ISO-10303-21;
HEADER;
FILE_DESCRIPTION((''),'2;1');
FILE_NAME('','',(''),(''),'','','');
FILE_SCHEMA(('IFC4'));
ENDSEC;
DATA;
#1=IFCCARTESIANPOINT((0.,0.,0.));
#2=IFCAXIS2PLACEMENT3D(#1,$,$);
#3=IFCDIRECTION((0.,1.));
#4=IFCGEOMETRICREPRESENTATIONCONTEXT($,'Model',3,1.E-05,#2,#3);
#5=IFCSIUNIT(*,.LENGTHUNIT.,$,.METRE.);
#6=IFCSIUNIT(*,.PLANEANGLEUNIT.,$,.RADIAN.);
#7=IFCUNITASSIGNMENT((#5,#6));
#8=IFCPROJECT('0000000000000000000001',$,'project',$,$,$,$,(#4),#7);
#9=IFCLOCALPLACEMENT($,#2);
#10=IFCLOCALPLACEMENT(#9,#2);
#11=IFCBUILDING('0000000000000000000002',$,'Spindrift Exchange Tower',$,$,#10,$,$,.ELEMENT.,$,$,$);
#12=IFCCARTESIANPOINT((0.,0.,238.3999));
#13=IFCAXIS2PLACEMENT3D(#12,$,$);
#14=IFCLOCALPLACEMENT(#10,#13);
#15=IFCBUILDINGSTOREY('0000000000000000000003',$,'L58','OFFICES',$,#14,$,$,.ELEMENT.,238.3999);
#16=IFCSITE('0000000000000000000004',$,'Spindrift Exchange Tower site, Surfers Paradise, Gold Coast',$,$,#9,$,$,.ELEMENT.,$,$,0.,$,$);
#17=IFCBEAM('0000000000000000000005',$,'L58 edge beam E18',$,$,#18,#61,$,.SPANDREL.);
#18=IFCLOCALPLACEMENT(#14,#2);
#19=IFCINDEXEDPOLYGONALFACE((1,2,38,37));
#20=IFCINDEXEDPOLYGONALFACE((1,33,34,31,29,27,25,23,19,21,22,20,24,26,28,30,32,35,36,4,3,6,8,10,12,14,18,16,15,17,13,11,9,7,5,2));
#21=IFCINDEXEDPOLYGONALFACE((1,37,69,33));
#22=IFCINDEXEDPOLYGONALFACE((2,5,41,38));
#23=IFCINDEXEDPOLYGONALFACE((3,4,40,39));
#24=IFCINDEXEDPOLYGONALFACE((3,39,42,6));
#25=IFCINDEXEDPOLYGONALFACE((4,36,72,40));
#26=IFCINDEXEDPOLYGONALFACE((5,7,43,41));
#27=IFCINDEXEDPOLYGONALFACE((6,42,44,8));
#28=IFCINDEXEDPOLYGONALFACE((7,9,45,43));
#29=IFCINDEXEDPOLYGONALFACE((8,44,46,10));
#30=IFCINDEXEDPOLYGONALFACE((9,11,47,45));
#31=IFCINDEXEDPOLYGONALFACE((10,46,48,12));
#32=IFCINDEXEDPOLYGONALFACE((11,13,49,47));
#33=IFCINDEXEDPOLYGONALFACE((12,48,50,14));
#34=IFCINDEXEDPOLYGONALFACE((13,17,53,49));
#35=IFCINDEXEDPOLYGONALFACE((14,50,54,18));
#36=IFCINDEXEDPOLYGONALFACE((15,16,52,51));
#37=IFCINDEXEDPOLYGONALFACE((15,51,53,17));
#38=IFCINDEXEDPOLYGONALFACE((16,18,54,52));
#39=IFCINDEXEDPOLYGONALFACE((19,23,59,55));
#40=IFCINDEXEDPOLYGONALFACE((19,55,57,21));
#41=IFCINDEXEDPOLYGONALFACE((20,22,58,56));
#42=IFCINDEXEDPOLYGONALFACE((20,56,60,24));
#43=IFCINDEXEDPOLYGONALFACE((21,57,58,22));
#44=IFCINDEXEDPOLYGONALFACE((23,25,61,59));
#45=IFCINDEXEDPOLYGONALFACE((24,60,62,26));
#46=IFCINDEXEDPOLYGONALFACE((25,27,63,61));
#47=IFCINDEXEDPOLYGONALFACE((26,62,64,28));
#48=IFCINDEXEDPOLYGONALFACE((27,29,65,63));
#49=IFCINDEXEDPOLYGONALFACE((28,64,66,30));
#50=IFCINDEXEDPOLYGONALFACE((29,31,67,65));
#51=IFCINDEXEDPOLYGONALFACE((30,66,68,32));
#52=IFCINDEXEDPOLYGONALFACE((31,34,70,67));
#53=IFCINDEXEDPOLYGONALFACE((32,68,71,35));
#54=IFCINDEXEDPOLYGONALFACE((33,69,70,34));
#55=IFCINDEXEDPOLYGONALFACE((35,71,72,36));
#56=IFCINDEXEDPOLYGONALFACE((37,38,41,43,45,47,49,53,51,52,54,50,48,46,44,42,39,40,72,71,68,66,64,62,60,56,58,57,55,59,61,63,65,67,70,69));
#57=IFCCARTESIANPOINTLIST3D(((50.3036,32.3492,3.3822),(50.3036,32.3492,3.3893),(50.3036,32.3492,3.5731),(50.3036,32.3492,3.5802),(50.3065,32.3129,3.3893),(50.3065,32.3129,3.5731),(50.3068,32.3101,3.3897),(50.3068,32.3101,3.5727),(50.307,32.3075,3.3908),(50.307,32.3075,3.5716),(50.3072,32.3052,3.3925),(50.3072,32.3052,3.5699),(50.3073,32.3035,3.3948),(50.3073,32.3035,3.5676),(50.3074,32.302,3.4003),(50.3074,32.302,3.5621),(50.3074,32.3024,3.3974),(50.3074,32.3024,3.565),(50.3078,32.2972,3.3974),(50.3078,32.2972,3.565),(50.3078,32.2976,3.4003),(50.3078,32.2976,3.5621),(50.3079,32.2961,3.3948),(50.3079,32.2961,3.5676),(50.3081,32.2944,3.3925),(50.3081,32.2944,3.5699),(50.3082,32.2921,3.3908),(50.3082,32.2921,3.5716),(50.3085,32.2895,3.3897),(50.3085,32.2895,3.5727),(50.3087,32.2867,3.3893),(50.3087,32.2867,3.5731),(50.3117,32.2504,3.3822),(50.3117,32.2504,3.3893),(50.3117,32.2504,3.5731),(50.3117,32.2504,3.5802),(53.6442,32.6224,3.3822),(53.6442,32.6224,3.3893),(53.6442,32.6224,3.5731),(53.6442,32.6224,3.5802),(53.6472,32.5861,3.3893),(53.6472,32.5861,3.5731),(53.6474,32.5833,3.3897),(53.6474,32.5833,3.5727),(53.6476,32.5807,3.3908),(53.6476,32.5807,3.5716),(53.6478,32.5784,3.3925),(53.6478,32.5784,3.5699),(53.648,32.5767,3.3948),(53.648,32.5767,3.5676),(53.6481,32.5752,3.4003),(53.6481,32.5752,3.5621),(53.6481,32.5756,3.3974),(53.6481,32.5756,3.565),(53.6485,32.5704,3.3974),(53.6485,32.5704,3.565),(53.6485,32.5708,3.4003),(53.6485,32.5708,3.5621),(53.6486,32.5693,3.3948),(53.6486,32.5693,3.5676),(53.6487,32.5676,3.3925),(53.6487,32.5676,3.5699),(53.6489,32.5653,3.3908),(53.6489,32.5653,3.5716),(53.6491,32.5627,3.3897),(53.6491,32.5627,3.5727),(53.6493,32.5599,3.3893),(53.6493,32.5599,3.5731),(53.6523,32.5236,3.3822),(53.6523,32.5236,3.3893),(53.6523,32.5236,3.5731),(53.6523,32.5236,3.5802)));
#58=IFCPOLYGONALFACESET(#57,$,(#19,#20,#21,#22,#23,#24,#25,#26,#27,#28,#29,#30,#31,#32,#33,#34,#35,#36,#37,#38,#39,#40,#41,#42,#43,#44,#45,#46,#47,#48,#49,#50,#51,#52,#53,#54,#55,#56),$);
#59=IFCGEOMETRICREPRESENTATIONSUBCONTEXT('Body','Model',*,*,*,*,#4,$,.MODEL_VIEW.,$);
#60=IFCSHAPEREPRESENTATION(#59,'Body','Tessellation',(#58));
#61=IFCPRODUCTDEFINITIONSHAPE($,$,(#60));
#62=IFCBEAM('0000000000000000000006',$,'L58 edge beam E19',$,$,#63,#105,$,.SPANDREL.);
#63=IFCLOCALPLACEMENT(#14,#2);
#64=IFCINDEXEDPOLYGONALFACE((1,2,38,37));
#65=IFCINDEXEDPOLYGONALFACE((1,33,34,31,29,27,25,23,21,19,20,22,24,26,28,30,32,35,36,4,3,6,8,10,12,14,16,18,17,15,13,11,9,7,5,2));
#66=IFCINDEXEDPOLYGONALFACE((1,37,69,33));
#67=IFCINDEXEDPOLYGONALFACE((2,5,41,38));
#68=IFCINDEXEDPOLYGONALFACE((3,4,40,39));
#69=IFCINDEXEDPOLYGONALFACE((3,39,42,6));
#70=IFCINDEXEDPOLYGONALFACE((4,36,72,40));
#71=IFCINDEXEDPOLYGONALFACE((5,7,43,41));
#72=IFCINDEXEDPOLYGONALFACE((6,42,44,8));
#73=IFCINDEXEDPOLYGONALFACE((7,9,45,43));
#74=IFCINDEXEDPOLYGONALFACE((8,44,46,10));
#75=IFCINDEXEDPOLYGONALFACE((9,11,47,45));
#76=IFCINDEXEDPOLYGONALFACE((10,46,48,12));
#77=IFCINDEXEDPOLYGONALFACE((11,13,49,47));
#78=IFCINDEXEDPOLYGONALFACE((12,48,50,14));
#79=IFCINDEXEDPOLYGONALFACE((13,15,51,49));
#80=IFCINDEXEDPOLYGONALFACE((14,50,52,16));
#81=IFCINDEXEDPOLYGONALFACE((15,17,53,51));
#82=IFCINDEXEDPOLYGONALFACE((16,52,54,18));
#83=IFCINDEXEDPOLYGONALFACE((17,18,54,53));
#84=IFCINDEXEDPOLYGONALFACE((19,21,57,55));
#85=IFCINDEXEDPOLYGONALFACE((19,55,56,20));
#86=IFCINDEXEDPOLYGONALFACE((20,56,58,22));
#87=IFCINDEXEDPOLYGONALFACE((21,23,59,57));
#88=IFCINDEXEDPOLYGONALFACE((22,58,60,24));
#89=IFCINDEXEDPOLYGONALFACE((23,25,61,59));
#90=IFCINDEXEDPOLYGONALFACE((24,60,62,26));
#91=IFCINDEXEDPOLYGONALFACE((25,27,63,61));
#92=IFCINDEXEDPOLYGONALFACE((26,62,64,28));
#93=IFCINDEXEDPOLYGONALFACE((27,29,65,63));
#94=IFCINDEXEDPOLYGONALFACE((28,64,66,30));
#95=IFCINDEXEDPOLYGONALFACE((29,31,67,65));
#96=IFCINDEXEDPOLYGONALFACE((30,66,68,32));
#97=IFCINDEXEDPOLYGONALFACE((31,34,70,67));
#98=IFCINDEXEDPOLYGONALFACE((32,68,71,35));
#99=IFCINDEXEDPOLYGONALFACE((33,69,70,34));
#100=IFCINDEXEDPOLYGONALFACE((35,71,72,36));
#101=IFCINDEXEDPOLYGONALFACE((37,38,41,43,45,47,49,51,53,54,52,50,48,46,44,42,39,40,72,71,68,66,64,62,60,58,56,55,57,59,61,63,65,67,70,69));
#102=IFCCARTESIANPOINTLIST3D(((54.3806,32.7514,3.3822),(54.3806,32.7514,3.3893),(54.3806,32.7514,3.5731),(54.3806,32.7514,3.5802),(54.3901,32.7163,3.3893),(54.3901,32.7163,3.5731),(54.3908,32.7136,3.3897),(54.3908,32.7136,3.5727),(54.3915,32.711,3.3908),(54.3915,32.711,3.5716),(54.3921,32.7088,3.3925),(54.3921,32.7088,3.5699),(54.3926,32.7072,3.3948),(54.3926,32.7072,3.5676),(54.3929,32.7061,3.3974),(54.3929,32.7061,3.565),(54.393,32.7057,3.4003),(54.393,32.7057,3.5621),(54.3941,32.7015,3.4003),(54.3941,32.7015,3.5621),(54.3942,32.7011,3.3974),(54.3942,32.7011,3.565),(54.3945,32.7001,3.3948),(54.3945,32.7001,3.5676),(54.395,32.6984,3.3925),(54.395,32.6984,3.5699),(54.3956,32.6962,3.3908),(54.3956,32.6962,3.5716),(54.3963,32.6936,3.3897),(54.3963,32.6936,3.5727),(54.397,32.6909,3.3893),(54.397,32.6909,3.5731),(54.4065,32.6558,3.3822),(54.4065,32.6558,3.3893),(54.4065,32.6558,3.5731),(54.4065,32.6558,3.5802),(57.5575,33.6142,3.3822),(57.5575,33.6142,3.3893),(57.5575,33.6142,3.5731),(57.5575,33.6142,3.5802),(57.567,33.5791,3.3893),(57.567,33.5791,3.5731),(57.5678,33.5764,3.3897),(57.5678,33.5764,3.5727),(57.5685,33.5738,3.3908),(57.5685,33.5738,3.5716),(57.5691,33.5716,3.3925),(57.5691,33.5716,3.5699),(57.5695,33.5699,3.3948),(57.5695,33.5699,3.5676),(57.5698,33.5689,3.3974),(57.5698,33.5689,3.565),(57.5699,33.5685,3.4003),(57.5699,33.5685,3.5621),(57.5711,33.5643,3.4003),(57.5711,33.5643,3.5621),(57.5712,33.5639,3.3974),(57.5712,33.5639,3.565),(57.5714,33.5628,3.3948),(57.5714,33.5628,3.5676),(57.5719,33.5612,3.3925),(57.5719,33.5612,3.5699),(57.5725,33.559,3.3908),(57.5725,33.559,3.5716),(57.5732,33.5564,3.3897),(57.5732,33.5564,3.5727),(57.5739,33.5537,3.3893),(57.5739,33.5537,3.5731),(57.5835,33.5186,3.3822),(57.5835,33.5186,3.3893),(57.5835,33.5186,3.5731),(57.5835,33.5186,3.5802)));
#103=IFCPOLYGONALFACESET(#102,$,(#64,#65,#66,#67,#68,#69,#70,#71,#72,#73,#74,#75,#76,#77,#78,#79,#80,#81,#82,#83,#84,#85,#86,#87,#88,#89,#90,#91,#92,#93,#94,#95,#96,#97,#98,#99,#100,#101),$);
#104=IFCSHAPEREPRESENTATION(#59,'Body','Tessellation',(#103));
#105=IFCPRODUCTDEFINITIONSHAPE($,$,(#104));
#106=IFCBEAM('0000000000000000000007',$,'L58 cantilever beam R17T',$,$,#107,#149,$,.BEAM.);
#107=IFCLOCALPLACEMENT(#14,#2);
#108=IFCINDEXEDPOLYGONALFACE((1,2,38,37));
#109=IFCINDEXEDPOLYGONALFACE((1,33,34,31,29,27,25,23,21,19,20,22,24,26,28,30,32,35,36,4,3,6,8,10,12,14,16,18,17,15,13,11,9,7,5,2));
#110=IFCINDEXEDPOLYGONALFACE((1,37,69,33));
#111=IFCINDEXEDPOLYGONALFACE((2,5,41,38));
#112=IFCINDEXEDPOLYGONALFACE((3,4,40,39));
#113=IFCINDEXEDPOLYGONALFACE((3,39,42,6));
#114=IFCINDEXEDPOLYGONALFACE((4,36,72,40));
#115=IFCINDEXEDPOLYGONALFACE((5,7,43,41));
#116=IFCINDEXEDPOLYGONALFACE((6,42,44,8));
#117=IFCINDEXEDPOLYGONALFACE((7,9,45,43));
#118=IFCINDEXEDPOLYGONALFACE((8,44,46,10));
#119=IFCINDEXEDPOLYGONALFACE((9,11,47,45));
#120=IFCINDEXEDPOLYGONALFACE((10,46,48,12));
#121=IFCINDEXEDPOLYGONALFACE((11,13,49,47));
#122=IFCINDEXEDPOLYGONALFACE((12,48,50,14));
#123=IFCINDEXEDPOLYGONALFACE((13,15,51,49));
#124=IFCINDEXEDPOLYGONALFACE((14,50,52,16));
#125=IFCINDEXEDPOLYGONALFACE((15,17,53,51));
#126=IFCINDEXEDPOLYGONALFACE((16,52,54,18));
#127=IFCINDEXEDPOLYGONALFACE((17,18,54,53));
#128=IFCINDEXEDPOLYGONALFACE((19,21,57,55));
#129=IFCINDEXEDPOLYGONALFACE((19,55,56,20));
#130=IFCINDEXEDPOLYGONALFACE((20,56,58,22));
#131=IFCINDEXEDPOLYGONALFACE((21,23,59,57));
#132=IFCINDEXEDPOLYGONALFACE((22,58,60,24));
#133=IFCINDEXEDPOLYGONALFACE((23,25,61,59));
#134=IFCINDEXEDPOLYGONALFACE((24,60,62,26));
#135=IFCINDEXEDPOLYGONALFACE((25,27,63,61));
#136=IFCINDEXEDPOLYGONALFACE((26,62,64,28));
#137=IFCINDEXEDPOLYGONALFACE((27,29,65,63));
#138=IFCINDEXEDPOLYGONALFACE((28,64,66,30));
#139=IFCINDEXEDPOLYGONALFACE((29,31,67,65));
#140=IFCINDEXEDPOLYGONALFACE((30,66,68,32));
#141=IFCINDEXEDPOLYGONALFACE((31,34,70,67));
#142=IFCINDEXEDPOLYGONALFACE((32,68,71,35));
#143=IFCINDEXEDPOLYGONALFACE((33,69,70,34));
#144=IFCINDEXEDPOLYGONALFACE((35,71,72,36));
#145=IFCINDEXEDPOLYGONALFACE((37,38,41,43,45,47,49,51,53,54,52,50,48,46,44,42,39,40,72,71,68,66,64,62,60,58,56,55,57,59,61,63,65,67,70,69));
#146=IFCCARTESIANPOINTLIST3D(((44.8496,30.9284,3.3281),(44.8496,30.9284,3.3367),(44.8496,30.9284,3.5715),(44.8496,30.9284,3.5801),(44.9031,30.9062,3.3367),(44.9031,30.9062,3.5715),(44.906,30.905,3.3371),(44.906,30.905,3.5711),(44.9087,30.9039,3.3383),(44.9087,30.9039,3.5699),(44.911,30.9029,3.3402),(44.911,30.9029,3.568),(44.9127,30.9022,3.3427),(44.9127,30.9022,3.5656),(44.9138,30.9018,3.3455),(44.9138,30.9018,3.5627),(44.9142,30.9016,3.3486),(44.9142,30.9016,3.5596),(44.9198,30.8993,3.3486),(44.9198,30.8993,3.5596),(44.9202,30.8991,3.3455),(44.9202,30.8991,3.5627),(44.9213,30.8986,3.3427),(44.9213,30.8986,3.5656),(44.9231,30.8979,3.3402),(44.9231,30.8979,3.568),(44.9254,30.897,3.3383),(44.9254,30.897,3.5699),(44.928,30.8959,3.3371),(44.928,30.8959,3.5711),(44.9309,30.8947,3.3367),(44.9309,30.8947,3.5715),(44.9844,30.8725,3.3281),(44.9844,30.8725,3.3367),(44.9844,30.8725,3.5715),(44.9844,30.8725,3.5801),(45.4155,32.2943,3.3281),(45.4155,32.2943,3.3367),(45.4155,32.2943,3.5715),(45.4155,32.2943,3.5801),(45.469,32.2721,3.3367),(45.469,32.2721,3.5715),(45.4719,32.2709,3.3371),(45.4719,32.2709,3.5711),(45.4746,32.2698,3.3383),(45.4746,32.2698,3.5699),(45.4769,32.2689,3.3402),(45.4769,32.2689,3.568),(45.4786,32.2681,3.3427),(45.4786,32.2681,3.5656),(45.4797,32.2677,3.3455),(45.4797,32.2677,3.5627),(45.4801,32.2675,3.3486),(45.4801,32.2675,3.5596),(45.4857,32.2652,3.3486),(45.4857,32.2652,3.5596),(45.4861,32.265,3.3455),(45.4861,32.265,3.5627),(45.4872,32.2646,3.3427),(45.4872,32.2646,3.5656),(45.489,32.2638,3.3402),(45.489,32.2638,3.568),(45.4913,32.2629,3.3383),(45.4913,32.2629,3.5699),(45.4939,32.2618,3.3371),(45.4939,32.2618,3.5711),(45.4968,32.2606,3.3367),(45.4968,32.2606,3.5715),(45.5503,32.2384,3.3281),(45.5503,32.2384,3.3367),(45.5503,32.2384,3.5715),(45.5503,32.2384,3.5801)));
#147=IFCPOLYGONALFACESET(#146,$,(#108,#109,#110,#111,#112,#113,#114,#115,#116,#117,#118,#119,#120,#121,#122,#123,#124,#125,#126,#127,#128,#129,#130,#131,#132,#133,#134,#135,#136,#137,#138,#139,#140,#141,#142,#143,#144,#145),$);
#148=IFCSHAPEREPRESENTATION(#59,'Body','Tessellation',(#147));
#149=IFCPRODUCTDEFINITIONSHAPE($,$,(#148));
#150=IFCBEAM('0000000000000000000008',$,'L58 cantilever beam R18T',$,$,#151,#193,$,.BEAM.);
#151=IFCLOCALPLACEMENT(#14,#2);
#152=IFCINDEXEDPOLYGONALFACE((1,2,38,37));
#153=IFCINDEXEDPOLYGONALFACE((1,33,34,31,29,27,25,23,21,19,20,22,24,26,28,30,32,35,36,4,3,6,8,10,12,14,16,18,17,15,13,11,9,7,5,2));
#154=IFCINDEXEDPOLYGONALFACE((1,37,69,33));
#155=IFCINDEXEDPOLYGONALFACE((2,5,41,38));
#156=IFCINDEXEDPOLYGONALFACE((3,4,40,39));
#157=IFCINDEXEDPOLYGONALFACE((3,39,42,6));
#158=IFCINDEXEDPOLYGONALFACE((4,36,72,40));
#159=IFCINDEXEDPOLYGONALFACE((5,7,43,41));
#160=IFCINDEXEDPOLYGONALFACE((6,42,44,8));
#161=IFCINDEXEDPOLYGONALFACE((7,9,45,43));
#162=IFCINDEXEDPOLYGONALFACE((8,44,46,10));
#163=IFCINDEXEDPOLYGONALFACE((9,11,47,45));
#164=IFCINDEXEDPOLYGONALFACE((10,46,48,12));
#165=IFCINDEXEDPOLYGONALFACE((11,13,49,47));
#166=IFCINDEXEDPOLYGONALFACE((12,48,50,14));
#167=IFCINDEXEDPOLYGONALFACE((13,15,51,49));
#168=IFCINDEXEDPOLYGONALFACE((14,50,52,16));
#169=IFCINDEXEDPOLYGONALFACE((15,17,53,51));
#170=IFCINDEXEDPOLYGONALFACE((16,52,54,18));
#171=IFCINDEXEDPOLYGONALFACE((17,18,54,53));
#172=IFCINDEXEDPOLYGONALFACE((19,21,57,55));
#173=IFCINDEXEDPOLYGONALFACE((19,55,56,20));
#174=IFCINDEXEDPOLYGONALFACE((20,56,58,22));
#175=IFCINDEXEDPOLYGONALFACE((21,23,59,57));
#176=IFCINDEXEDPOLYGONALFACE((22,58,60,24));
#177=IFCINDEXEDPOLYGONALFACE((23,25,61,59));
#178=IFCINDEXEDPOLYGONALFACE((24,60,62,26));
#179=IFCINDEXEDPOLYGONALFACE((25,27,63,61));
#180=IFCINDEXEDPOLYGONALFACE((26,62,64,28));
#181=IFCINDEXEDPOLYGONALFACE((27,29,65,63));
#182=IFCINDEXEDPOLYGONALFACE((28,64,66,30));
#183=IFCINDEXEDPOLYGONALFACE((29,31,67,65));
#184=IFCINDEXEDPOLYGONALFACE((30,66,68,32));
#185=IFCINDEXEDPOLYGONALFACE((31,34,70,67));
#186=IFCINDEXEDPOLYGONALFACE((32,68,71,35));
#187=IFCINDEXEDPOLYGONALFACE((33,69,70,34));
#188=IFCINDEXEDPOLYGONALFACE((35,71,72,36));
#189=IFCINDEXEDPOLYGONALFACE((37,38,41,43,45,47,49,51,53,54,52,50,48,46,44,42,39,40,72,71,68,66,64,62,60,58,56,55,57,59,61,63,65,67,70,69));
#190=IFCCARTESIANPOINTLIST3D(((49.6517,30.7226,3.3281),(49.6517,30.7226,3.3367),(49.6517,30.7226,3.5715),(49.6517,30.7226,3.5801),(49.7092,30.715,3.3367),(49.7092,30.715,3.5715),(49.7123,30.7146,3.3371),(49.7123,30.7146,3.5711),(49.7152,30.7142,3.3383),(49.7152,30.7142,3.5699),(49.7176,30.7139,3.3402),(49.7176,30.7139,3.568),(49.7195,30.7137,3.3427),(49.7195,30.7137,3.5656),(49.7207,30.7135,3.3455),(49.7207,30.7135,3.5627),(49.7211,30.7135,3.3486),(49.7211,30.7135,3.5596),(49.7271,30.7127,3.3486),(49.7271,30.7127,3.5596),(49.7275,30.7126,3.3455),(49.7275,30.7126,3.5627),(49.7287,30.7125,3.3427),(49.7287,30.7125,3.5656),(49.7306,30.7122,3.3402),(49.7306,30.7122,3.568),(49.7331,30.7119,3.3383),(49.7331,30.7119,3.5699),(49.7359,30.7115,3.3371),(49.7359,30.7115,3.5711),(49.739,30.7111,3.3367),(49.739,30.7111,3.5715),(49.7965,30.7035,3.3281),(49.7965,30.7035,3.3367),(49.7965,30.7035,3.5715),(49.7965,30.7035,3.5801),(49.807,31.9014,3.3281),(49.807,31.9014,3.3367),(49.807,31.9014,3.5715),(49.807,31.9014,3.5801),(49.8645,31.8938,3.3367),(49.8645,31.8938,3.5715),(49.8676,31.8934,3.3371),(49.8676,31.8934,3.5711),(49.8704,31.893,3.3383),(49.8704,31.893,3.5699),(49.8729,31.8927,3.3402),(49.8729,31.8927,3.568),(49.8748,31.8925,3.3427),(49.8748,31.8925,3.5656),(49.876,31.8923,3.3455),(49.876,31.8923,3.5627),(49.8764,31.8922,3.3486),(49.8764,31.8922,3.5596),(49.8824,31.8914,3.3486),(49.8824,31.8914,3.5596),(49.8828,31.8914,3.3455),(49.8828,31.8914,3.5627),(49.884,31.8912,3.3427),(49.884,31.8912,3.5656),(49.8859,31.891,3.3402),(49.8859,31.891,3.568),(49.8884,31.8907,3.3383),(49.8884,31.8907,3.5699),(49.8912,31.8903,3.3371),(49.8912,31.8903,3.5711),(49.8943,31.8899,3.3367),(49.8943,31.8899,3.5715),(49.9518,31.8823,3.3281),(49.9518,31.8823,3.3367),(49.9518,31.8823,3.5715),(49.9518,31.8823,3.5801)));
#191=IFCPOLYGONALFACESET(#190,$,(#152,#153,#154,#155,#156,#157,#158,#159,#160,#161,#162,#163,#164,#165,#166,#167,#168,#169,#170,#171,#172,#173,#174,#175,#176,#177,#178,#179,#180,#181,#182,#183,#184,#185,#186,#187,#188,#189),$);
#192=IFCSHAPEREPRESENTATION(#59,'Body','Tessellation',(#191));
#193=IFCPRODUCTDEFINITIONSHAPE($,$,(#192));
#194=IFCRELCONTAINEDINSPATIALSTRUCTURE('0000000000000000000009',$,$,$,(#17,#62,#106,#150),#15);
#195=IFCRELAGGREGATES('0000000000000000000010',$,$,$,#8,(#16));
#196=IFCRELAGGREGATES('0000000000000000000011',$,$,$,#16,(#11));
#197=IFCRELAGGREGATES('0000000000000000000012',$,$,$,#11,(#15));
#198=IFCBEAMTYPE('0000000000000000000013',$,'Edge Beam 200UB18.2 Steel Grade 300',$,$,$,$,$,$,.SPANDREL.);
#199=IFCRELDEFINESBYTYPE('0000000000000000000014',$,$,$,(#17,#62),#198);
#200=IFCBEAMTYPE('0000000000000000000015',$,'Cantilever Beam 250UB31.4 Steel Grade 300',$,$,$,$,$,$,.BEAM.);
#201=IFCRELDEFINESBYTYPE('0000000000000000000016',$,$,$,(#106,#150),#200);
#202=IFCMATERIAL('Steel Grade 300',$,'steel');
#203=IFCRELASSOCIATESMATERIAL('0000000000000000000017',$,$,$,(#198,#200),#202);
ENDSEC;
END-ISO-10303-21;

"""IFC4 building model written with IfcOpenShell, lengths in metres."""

from ifc_helpers import new_model, si_unit, direction, frame, origin, origin_2d, place, context, subcontext, project, spatial, i_section, extrude, source, transform, mapped, material, material_profile, profile_set, type_object, element, save


model = new_model("IFC4")

# Units and contexts
model_context = context("Model", 3, precision=1e-05, world=origin(), true_north=direction((0.0, 1.0)))
body_context = subcontext(model_context, "Body", "Model", "MODEL_VIEW")
ifc_project = project(units=[si_unit("LENGTHUNIT", "METRE"), si_unit("PLANEANGLEUNIT", "RADIAN")], contexts=[model_context])

# Site, building, storey
site_placement = place(None, origin())
site = spatial("IfcSite", under=ifc_project, at=site_placement, Name="Spindrift Exchange Tower site, Surfers Paradise, Gold Coast", CompositionType="ELEMENT", RefElevation=0.0)
building_placement = place(site_placement, origin())
building = spatial("IfcBuilding", under=site, at=building_placement, Name="Spindrift Exchange Tower", CompositionType="ELEMENT")
storey_placement = place(building_placement, frame((0.0, 0.0, 238.3999)))
storey = spatial("IfcBuildingStorey", under=building, at=storey_placement, Name="L58", Description="OFFICES", CompositionType="ELEMENT", Elevation=238.3999)

# Beams
ifc_material_1 = material(Name="Steel Grade 300", Category="steel")
ifc_material_profile_1 = material_profile(ifc_material_1, i_section(OverallWidth=0.0991, OverallDepth=0.198, WebThickness=0.0044, FlangeThickness=0.0071, FilletRadius=0.011, at=origin_2d()), Name="200UB18.2")
ifc_profile_set_1 = profile_set([ifc_material_profile_1], Name="Steel Grade 300")
beam_type_1 = type_object("IfcBeamType", Name="Edge Beam 200UB18.2 Steel Grade 300", PredefinedType="SPANDREL", material=ifc_profile_set_1)
shared_shape_1 = source(origin(), body_context, "Body", "SweptSolid", [
    extrude(i_section(OverallWidth=0.0991, OverallDepth=0.198, WebThickness=0.0044, FlangeThickness=0.0071, FilletRadius=0.011, at=origin_2d()), origin(), (0.0, 0.0, 1.0), 3.3518),
])
beam_1_placement = place(storey_placement, frame((50.3076, 32.2998, 3.4812), z_axis=(0.996673, 0.081508, 0.0), x_axis=(-0.081508, 0.996673, 0.0)))
element("IfcBeam", 1, at=beam_1_placement, inside=storey, type_object=beam_type_1, Name="L58 edge beam E18", PredefinedType="SPANDREL", context=body_context, shape_type="MappedRepresentation", body=[
    mapped(shared_shape_1, transform((0.0, 0.0, 0.0), scale=1.0)),
])
shared_shape_2 = source(origin(), body_context, "Body", "SweptSolid", [
    extrude(i_section(OverallWidth=0.0991, OverallDepth=0.198, WebThickness=0.0044, FlangeThickness=0.0071, FilletRadius=0.011, at=origin_2d()), origin(), (0.0, 0.0, 1.0), 3.292),
])
beam_2_placement = place(storey_placement, frame((54.3936, 32.7036, 3.4812), z_axis=(0.965046, 0.262082, 0.0), x_axis=(-0.262082, 0.965046, 0.0)))
element("IfcBeam", 2, at=beam_2_placement, inside=storey, type_object=beam_type_1, Name="L58 edge beam E19", PredefinedType="SPANDREL", context=body_context, shape_type="MappedRepresentation", body=[
    mapped(shared_shape_2, transform((0.0, 0.0, 0.0), scale=1.0)),
])
ifc_material_profile_2 = material_profile(ifc_material_1, i_section(OverallWidth=0.146, OverallDepth=0.252, WebThickness=0.0061, FlangeThickness=0.0085, FilletRadius=0.012, at=origin_2d()), Name="250UB31.4")
ifc_profile_set_2 = profile_set([ifc_material_profile_2], Name="Steel Grade 300")
beam_type_2 = type_object("IfcBeamType", Name="Cantilever Beam 250UB31.4 Steel Grade 300", PredefinedType="BEAM", material=ifc_profile_set_2)
shared_shape_3 = source(origin(), body_context, "Body", "SweptSolid", [
    extrude(i_section(OverallWidth=0.146, OverallDepth=0.252, WebThickness=0.0061, FlangeThickness=0.0085, FilletRadius=0.012, at=origin_2d()), origin(), (0.0, 0.0, 1.0), 1.4785),
])
beam_3_placement = place(storey_placement, frame((45.4829, 32.2664, 3.4541), z_axis=(-0.38275, -0.923852, 0.0), x_axis=(0.923852, -0.38275, 0.0)))
element("IfcBeam", 3, at=beam_3_placement, inside=storey, type_object=beam_type_2, Name="L58 cantilever beam R17T", PredefinedType="BEAM", context=body_context, shape_type="MappedRepresentation", body=[
    mapped(shared_shape_3, transform((0.0, 0.0, 0.0), scale=1.0)),
])
shared_shape_4 = source(origin(), body_context, "Body", "SweptSolid", [
    extrude(i_section(OverallWidth=0.146, OverallDepth=0.252, WebThickness=0.0061, FlangeThickness=0.0085, FilletRadius=0.012, at=origin_2d()), origin(), (0.0, 0.0, 1.0), 1.189),
])
beam_4_placement = place(storey_placement, frame((49.8794, 31.8918, 3.4541), z_axis=(-0.130603, -0.991435, 0.0), x_axis=(0.991435, -0.130603, 0.0)))
element("IfcBeam", 4, at=beam_4_placement, inside=storey, type_object=beam_type_2, Name="L58 cantilever beam R18T", PredefinedType="BEAM", context=body_context, shape_type="MappedRepresentation", body=[
    mapped(shared_shape_4, transform((0.0, 0.0, 0.0), scale=1.0)),
])

save(model, "model.ifc")
